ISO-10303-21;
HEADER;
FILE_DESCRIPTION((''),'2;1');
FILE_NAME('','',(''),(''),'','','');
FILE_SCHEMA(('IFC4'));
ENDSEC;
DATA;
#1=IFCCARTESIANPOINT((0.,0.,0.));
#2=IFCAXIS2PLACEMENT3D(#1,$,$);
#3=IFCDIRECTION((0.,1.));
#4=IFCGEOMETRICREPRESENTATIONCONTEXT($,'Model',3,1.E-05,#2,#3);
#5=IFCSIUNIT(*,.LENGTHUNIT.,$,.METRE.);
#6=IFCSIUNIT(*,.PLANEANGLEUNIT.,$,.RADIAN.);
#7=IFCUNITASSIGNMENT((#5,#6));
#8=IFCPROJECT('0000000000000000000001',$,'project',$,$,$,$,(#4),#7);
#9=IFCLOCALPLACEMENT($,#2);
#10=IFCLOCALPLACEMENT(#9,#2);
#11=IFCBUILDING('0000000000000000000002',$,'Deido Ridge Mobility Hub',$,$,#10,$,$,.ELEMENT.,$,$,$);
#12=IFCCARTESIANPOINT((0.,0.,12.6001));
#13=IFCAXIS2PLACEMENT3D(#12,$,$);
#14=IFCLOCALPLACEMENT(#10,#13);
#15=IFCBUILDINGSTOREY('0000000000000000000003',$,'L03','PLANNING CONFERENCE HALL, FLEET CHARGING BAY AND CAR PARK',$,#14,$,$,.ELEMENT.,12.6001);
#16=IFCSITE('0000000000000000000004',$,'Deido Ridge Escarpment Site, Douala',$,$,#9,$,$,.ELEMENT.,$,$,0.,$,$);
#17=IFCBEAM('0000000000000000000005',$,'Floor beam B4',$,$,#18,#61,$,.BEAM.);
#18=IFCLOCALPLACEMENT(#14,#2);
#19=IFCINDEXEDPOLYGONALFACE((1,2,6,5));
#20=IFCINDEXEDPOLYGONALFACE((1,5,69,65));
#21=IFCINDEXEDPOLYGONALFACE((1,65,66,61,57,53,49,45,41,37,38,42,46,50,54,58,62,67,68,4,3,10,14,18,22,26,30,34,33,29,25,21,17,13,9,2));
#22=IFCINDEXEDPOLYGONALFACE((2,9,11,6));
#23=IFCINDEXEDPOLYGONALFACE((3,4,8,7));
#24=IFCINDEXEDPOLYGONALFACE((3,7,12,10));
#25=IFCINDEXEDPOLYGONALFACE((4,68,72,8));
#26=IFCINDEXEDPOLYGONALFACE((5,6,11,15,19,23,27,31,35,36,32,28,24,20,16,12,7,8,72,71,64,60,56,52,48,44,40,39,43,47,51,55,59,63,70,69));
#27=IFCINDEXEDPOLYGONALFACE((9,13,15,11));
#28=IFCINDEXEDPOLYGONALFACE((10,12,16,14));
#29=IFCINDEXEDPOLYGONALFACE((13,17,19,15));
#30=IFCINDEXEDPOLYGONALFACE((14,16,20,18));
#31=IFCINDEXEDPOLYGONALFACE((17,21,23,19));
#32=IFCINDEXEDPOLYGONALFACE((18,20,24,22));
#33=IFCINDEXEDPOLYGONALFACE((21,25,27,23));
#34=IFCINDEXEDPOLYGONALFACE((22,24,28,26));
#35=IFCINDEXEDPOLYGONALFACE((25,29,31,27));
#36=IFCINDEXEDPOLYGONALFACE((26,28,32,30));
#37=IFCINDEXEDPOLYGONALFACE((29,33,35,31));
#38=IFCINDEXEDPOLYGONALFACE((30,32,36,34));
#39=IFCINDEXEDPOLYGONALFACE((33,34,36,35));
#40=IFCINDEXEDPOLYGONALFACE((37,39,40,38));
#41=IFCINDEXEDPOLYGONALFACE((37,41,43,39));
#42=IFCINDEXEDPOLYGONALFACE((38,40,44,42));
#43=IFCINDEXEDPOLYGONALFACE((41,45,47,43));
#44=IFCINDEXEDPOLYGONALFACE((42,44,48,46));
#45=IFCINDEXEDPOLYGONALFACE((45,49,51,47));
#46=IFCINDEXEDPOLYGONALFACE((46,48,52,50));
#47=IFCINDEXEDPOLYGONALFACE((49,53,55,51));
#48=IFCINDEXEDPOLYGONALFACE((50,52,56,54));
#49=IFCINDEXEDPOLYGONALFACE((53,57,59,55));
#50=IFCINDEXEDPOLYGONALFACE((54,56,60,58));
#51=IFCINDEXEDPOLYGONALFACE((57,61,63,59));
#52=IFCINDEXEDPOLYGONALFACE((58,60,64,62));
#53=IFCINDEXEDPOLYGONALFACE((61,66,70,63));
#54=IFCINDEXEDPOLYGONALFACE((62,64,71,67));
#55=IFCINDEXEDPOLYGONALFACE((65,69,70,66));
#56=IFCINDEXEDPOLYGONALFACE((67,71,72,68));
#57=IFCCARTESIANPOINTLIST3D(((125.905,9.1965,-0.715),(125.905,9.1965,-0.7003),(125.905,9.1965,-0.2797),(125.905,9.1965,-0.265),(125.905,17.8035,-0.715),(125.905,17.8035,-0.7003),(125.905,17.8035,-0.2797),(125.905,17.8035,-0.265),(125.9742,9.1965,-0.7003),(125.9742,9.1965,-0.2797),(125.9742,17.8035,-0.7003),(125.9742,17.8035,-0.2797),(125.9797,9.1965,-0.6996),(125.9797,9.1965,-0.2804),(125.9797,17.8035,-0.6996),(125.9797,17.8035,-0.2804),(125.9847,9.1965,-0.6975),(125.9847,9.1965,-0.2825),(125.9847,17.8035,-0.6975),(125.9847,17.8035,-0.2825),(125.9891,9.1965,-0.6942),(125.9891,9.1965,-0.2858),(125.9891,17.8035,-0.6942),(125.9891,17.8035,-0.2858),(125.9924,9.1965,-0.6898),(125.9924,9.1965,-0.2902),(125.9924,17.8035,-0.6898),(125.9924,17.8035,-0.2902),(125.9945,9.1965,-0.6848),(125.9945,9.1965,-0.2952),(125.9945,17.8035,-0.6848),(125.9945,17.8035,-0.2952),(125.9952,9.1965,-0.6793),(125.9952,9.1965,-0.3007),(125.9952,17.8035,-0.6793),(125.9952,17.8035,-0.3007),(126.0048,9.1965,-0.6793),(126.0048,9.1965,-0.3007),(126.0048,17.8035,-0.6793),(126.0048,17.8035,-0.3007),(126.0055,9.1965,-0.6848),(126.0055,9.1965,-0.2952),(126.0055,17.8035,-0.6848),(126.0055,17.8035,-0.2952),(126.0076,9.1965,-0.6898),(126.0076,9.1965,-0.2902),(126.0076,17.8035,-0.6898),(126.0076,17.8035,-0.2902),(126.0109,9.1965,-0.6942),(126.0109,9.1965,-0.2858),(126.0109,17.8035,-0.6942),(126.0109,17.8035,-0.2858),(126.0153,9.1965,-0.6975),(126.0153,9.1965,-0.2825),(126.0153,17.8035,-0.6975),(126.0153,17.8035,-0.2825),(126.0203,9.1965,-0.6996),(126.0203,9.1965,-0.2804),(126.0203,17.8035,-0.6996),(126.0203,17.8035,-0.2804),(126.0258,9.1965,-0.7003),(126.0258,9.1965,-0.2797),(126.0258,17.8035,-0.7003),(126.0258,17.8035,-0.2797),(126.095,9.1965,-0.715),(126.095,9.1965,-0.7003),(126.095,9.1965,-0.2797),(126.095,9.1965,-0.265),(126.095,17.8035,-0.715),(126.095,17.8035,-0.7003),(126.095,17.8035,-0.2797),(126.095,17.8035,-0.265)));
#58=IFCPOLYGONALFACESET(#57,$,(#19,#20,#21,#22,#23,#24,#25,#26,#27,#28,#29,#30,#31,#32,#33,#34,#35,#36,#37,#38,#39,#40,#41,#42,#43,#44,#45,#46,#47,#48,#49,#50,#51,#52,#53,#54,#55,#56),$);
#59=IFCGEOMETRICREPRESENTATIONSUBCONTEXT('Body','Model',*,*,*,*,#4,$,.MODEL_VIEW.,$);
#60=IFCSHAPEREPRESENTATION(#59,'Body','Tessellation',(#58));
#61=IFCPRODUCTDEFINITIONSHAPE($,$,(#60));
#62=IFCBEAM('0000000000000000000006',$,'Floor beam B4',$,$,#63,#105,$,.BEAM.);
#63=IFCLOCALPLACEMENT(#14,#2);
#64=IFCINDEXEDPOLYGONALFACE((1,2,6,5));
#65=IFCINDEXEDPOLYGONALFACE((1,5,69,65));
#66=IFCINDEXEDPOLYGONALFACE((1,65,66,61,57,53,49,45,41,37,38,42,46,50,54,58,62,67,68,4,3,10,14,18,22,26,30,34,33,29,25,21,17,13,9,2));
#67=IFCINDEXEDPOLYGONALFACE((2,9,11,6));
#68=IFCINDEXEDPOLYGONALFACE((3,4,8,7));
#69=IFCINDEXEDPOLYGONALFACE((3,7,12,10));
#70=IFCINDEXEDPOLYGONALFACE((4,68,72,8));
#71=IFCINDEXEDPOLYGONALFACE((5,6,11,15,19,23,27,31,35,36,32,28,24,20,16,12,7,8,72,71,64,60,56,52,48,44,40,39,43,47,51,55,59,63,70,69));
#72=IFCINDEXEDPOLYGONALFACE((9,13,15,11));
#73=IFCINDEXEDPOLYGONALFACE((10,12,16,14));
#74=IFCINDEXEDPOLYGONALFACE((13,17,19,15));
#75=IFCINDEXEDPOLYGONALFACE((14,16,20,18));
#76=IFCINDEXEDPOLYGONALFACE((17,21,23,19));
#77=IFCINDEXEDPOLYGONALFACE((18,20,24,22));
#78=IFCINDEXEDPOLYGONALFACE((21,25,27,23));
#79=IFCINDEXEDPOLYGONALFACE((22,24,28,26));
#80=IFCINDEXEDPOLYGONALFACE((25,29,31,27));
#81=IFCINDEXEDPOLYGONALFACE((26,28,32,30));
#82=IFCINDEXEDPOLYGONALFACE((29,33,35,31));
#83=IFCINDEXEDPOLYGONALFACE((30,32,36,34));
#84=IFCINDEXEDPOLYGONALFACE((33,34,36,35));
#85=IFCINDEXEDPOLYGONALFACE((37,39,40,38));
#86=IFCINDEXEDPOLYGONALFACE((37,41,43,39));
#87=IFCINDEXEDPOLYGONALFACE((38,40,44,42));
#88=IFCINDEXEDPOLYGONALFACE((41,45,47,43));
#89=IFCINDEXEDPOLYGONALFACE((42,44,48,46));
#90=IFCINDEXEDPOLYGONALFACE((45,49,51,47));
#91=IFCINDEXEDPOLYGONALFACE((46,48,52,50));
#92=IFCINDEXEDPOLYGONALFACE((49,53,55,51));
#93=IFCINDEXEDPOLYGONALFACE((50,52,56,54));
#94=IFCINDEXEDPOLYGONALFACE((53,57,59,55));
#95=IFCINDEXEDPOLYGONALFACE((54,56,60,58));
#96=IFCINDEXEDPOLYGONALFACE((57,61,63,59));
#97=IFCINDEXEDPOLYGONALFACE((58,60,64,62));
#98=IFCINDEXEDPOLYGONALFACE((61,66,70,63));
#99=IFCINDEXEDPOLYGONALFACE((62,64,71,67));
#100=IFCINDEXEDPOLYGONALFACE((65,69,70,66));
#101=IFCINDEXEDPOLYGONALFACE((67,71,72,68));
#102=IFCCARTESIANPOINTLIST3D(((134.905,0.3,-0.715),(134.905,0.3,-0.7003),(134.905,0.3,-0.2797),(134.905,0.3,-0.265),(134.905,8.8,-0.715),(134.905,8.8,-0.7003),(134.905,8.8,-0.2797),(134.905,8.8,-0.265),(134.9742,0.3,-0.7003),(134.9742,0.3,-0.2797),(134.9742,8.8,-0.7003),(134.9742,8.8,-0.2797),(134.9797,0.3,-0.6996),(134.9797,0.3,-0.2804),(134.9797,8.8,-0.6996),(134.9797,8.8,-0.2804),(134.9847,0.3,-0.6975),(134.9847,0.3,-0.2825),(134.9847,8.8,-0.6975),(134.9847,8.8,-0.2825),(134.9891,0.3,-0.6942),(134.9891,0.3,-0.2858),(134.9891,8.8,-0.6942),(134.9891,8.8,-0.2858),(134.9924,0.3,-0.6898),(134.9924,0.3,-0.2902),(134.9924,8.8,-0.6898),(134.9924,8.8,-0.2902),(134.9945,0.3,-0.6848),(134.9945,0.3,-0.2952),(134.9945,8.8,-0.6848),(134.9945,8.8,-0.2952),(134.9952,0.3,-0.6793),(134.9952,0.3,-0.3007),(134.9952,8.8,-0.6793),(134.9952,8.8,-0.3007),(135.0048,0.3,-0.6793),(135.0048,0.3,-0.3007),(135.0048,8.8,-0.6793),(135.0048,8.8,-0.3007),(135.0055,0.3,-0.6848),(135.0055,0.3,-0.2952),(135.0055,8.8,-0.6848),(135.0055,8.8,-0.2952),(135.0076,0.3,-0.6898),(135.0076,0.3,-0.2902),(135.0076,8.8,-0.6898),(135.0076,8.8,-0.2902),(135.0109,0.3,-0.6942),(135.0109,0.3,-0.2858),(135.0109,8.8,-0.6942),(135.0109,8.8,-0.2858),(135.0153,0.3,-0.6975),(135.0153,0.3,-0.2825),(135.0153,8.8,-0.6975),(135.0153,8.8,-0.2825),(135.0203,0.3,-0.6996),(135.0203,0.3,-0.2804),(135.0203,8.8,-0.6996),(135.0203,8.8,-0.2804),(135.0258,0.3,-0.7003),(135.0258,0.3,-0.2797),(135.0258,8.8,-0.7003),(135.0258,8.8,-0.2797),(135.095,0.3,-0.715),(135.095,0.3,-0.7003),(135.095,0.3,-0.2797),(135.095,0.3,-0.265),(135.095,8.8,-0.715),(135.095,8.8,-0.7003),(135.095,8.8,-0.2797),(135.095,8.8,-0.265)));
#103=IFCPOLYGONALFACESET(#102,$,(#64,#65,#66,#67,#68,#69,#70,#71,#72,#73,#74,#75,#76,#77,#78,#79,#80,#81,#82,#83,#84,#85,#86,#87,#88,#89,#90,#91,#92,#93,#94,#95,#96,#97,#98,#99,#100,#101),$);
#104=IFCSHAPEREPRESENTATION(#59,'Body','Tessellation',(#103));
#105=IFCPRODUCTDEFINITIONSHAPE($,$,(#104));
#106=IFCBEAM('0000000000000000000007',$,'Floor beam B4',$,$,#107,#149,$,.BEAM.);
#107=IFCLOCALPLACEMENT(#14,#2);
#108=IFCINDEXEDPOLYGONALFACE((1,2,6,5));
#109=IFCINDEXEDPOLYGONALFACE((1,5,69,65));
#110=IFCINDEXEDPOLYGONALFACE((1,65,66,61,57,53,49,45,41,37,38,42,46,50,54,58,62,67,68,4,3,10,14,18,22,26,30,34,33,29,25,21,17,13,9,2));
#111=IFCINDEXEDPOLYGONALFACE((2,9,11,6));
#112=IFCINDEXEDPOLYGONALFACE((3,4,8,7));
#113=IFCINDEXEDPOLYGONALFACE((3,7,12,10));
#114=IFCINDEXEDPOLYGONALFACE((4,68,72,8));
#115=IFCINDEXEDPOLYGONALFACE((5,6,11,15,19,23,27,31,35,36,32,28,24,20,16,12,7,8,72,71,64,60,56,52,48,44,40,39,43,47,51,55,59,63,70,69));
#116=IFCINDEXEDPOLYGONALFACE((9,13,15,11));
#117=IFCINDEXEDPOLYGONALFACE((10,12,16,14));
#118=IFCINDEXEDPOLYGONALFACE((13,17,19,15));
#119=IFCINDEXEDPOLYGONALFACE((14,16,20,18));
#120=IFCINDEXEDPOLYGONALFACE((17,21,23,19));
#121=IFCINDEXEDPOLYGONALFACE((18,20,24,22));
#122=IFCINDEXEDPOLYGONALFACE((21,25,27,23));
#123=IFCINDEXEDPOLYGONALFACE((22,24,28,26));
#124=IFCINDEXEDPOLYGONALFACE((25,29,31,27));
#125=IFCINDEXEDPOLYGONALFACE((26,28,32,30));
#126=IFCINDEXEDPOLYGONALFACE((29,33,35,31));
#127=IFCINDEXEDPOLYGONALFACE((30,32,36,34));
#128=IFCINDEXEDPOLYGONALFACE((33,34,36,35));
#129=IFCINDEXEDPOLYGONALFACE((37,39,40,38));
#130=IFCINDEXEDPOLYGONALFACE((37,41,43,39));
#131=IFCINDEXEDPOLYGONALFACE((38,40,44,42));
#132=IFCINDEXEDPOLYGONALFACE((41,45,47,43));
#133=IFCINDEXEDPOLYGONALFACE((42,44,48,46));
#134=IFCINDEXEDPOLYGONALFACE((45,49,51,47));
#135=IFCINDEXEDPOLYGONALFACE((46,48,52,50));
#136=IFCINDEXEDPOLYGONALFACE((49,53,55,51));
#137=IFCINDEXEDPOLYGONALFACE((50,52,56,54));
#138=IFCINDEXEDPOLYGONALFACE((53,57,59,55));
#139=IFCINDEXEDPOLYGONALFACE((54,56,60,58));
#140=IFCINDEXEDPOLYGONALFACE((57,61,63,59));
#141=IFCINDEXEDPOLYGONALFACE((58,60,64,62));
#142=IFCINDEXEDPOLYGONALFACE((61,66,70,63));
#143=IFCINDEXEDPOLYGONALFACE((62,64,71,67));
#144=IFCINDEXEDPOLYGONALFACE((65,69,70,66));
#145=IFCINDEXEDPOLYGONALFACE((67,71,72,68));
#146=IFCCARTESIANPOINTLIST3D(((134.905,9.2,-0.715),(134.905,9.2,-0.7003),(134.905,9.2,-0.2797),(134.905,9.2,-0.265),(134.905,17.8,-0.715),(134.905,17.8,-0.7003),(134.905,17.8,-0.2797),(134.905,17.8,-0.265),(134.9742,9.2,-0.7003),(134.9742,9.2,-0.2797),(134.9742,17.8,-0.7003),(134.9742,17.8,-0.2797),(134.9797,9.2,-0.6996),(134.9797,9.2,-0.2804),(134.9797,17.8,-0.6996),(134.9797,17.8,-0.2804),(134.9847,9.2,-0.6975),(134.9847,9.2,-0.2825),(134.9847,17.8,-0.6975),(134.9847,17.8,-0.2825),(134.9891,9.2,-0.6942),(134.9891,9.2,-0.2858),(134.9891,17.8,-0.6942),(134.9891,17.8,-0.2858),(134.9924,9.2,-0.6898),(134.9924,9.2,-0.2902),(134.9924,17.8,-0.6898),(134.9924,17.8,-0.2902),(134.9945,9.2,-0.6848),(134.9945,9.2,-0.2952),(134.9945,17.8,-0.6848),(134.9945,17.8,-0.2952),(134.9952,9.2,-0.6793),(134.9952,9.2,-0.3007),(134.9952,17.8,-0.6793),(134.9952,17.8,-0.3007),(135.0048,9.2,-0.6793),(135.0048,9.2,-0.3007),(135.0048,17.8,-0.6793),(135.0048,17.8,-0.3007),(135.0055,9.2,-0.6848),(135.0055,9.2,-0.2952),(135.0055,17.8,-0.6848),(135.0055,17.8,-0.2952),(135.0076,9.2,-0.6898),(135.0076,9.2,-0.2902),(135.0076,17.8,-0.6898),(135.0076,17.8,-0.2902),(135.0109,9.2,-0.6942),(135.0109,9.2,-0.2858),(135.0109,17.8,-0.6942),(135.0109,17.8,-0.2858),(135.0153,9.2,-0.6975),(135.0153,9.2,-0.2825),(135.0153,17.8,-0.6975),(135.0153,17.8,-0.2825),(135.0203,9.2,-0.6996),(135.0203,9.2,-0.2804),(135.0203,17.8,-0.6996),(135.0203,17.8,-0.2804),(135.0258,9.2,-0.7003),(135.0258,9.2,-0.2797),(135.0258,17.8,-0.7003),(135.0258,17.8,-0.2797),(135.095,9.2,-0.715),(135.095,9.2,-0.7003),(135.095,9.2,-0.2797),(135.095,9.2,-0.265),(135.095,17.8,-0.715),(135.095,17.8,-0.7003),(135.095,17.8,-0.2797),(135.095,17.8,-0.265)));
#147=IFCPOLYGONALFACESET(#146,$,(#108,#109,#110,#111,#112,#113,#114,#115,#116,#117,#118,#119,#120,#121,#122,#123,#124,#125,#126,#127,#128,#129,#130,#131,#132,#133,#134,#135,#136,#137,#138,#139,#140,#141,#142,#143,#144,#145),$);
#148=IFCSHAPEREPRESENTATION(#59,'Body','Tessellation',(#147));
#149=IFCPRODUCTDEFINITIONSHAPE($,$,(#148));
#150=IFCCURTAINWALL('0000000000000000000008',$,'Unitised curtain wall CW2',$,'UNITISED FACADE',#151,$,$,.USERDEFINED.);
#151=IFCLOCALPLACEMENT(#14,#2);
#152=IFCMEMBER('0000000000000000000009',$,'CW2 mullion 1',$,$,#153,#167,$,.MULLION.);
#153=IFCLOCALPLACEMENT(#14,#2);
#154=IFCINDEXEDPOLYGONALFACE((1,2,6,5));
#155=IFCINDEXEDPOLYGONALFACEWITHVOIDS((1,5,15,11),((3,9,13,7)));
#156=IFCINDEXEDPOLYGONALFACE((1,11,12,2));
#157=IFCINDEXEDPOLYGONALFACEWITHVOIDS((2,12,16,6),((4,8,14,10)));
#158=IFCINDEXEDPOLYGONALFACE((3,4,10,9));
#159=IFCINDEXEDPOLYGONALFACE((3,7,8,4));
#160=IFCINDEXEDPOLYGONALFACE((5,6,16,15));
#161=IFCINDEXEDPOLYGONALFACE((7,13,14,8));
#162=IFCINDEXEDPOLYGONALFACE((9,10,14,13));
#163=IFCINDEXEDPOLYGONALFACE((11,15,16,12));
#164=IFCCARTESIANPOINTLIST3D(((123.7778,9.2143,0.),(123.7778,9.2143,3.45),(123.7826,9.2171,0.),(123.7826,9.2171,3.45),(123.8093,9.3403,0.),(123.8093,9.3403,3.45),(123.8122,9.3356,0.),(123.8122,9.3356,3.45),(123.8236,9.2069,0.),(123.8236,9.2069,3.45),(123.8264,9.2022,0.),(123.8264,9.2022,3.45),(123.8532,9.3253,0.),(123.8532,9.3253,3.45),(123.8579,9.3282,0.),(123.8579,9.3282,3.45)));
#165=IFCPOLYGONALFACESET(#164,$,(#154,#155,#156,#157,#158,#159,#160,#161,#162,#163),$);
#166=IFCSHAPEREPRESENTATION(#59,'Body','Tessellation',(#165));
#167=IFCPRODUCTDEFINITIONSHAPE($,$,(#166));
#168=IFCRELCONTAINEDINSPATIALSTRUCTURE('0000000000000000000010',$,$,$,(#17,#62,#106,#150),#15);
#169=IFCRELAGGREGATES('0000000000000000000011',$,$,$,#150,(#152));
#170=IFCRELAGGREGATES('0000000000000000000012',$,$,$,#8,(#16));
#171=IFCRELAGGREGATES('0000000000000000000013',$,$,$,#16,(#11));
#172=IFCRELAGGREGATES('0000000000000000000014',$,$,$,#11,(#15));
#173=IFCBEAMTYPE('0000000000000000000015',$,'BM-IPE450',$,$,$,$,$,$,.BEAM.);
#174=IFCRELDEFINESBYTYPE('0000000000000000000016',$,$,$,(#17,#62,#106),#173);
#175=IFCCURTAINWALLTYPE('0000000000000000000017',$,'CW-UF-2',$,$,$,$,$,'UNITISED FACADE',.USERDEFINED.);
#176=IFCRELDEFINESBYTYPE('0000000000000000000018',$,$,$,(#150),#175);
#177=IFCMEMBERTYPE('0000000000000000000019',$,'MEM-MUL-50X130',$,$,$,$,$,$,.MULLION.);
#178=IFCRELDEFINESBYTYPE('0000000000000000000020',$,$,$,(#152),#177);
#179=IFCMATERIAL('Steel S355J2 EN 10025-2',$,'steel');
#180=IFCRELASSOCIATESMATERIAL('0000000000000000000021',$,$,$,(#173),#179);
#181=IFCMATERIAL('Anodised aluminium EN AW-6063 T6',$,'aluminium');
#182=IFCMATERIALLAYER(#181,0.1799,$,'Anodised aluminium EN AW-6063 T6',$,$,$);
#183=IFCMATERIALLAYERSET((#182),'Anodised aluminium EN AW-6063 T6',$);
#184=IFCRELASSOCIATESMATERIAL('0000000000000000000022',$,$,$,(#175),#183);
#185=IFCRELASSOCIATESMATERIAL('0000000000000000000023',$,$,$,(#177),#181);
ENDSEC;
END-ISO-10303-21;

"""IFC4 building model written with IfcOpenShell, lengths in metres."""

from ifc_helpers import new_model, si_unit, direction, frame, origin, origin_2d, place, context, subcontext, project, spatial, hollow_rectangle, i_section, extrude, material, layer, layer_set, material_profile, profile_set, type_object, element, aggregate, save


model = new_model("IFC4")

# Units and contexts
model_context = context("Model", 3, precision=1e-05, world=origin(), true_north=direction((0.0, 1.0)))
body_context = subcontext(model_context, "Body", "Model", "MODEL_VIEW")
ifc_project = project(units=[si_unit("LENGTHUNIT", "METRE"), si_unit("PLANEANGLEUNIT", "RADIAN")], contexts=[model_context])

# Site, building, storey
site_placement = place(None, origin())
site = spatial("IfcSite", under=ifc_project, at=site_placement, Name="Deido Ridge Escarpment Site, Douala", CompositionType="ELEMENT", RefElevation=0.0)
building_placement = place(site_placement, origin())
building = spatial("IfcBuilding", under=site, at=building_placement, Name="Deido Ridge Mobility Hub", CompositionType="ELEMENT")
storey_placement = place(building_placement, frame((0.0, 0.0, 12.6001)))
storey = spatial("IfcBuildingStorey", under=building, at=storey_placement, Name="L03", Description="PLANNING CONFERENCE HALL, FLEET CHARGING BAY AND CAR PARK", CompositionType="ELEMENT", Elevation=12.6001)

# Shared definitions
ifc_material_1 = material(Name="Steel S355J2 EN 10025-2", Category="steel")

# Beams
ifc_material_profile_1 = material_profile(ifc_material_1, i_section(OverallWidth=0.1899, OverallDepth=0.45, WebThickness=0.0095, FlangeThickness=0.0146, FilletRadius=0.021, at=origin_2d()), Name="IPE 450")
ifc_profile_set_1 = profile_set([ifc_material_profile_1], Name="Steel S355J2 EN 10025-2")
beam_type_1 = type_object("IfcBeamType", Name="BM-IPE450", PredefinedType="BEAM", material=ifc_profile_set_1)
for number, where, z_axis, x_axis, name in (
    (1, (126.0, 9.1965, -0.49), (0.0, 1.0, 0.0), (-1.0, 0.0, 0.0), "Floor beam B4"),
):
    element("IfcBeam", number, at=place(storey_placement, frame(where, z_axis=z_axis, x_axis=x_axis)), inside=storey, type_object=beam_type_1, Name=name, PredefinedType="BEAM", context=body_context, shape_type="SweptSolid", body=[
        extrude(i_section(OverallWidth=0.1899, OverallDepth=0.45, WebThickness=0.0095, FlangeThickness=0.0146, FilletRadius=0.021, at=origin_2d()), origin(), (0.0, 0.0, 1.0), 8.6069),
    ])
beam_1_placement = place(storey_placement, frame((135.0, 0.3, -0.49), z_axis=(0.0, 1.0, 0.0), x_axis=(-1.0, 0.0, 0.0)))
element("IfcBeam", 2, at=beam_1_placement, inside=storey, type_object=beam_type_1, Name="Floor beam B4", PredefinedType="BEAM", context=body_context, shape_type="SweptSolid", body=[
    extrude(i_section(OverallWidth=0.1899, OverallDepth=0.45, WebThickness=0.0095, FlangeThickness=0.0146, FilletRadius=0.021, at=origin_2d()), origin(), (0.0, 0.0, 1.0), 8.5),
])
beam_2_placement = place(storey_placement, frame((135.0, 9.2, -0.49), z_axis=(0.0, 1.0, 0.0), x_axis=(-1.0, 0.0, 0.0)))
element("IfcBeam", 3, at=beam_2_placement, inside=storey, type_object=beam_type_1, Name="Floor beam B4", PredefinedType="BEAM", context=body_context, shape_type="SweptSolid", body=[
    extrude(i_section(OverallWidth=0.1899, OverallDepth=0.45, WebThickness=0.0095, FlangeThickness=0.0146, FilletRadius=0.021, at=origin_2d()), origin(), (0.0, 0.0, 1.0), 8.6001),
])

# Curtain wall, member
ifc_material_2 = material(Name="Anodised aluminium EN AW-6063 T6", Category="aluminium")
ifc_layer_1 = layer(ifc_material_2, 0.1799, Name="Anodised aluminium EN AW-6063 T6")
ifc_layer_set_1 = layer_set([ifc_layer_1], Name="Anodised aluminium EN AW-6063 T6")
curtain_wall_type = type_object("IfcCurtainWallType", Name="CW-UF-2", ElementType="UNITISED FACADE", PredefinedType="USERDEFINED", material=ifc_layer_set_1)
curtain_wall_placement = place(storey_placement, origin())
curtain_wall = element("IfcCurtainWall", 4, at=curtain_wall_placement, inside=storey, type_object=curtain_wall_type, Name="Unitised curtain wall CW2", ObjectType="UNITISED FACADE", PredefinedType="USERDEFINED")
ifc_material_profile_2 = material_profile(ifc_material_2, hollow_rectangle(XDim=0.05, YDim=0.1299, WallThickness=0.0039, at=origin_2d()), Name="RHS 50x130x4")
ifc_profile_set_2 = profile_set([ifc_material_profile_2], Name="Anodised aluminium EN AW-6063 T6")
member_type_1 = type_object("IfcMemberType", Name="MEM-MUL-50X130", PredefinedType="MULLION", material=ifc_profile_set_2)
member_1_placement = place(storey_placement, frame((123.8179, 9.2712, 0.0), z_axis=(0.0, 0.0, 1.0), x_axis=(-0.970144, 0.24253, 0.0)))
member_1 = element("IfcMember", 5, at=member_1_placement, type_object=member_type_1, Name="CW2 mullion 1", PredefinedType="MULLION", context=body_context, shape_type="SweptSolid", body=[
    extrude(hollow_rectangle(XDim=0.05, YDim=0.1299, WallThickness=0.0039, at=origin_2d()), origin(), (0.0, 0.0, 1.0), 3.45),
])

aggregate(curtain_wall, [member_1])

save(model, "model.ifc")
